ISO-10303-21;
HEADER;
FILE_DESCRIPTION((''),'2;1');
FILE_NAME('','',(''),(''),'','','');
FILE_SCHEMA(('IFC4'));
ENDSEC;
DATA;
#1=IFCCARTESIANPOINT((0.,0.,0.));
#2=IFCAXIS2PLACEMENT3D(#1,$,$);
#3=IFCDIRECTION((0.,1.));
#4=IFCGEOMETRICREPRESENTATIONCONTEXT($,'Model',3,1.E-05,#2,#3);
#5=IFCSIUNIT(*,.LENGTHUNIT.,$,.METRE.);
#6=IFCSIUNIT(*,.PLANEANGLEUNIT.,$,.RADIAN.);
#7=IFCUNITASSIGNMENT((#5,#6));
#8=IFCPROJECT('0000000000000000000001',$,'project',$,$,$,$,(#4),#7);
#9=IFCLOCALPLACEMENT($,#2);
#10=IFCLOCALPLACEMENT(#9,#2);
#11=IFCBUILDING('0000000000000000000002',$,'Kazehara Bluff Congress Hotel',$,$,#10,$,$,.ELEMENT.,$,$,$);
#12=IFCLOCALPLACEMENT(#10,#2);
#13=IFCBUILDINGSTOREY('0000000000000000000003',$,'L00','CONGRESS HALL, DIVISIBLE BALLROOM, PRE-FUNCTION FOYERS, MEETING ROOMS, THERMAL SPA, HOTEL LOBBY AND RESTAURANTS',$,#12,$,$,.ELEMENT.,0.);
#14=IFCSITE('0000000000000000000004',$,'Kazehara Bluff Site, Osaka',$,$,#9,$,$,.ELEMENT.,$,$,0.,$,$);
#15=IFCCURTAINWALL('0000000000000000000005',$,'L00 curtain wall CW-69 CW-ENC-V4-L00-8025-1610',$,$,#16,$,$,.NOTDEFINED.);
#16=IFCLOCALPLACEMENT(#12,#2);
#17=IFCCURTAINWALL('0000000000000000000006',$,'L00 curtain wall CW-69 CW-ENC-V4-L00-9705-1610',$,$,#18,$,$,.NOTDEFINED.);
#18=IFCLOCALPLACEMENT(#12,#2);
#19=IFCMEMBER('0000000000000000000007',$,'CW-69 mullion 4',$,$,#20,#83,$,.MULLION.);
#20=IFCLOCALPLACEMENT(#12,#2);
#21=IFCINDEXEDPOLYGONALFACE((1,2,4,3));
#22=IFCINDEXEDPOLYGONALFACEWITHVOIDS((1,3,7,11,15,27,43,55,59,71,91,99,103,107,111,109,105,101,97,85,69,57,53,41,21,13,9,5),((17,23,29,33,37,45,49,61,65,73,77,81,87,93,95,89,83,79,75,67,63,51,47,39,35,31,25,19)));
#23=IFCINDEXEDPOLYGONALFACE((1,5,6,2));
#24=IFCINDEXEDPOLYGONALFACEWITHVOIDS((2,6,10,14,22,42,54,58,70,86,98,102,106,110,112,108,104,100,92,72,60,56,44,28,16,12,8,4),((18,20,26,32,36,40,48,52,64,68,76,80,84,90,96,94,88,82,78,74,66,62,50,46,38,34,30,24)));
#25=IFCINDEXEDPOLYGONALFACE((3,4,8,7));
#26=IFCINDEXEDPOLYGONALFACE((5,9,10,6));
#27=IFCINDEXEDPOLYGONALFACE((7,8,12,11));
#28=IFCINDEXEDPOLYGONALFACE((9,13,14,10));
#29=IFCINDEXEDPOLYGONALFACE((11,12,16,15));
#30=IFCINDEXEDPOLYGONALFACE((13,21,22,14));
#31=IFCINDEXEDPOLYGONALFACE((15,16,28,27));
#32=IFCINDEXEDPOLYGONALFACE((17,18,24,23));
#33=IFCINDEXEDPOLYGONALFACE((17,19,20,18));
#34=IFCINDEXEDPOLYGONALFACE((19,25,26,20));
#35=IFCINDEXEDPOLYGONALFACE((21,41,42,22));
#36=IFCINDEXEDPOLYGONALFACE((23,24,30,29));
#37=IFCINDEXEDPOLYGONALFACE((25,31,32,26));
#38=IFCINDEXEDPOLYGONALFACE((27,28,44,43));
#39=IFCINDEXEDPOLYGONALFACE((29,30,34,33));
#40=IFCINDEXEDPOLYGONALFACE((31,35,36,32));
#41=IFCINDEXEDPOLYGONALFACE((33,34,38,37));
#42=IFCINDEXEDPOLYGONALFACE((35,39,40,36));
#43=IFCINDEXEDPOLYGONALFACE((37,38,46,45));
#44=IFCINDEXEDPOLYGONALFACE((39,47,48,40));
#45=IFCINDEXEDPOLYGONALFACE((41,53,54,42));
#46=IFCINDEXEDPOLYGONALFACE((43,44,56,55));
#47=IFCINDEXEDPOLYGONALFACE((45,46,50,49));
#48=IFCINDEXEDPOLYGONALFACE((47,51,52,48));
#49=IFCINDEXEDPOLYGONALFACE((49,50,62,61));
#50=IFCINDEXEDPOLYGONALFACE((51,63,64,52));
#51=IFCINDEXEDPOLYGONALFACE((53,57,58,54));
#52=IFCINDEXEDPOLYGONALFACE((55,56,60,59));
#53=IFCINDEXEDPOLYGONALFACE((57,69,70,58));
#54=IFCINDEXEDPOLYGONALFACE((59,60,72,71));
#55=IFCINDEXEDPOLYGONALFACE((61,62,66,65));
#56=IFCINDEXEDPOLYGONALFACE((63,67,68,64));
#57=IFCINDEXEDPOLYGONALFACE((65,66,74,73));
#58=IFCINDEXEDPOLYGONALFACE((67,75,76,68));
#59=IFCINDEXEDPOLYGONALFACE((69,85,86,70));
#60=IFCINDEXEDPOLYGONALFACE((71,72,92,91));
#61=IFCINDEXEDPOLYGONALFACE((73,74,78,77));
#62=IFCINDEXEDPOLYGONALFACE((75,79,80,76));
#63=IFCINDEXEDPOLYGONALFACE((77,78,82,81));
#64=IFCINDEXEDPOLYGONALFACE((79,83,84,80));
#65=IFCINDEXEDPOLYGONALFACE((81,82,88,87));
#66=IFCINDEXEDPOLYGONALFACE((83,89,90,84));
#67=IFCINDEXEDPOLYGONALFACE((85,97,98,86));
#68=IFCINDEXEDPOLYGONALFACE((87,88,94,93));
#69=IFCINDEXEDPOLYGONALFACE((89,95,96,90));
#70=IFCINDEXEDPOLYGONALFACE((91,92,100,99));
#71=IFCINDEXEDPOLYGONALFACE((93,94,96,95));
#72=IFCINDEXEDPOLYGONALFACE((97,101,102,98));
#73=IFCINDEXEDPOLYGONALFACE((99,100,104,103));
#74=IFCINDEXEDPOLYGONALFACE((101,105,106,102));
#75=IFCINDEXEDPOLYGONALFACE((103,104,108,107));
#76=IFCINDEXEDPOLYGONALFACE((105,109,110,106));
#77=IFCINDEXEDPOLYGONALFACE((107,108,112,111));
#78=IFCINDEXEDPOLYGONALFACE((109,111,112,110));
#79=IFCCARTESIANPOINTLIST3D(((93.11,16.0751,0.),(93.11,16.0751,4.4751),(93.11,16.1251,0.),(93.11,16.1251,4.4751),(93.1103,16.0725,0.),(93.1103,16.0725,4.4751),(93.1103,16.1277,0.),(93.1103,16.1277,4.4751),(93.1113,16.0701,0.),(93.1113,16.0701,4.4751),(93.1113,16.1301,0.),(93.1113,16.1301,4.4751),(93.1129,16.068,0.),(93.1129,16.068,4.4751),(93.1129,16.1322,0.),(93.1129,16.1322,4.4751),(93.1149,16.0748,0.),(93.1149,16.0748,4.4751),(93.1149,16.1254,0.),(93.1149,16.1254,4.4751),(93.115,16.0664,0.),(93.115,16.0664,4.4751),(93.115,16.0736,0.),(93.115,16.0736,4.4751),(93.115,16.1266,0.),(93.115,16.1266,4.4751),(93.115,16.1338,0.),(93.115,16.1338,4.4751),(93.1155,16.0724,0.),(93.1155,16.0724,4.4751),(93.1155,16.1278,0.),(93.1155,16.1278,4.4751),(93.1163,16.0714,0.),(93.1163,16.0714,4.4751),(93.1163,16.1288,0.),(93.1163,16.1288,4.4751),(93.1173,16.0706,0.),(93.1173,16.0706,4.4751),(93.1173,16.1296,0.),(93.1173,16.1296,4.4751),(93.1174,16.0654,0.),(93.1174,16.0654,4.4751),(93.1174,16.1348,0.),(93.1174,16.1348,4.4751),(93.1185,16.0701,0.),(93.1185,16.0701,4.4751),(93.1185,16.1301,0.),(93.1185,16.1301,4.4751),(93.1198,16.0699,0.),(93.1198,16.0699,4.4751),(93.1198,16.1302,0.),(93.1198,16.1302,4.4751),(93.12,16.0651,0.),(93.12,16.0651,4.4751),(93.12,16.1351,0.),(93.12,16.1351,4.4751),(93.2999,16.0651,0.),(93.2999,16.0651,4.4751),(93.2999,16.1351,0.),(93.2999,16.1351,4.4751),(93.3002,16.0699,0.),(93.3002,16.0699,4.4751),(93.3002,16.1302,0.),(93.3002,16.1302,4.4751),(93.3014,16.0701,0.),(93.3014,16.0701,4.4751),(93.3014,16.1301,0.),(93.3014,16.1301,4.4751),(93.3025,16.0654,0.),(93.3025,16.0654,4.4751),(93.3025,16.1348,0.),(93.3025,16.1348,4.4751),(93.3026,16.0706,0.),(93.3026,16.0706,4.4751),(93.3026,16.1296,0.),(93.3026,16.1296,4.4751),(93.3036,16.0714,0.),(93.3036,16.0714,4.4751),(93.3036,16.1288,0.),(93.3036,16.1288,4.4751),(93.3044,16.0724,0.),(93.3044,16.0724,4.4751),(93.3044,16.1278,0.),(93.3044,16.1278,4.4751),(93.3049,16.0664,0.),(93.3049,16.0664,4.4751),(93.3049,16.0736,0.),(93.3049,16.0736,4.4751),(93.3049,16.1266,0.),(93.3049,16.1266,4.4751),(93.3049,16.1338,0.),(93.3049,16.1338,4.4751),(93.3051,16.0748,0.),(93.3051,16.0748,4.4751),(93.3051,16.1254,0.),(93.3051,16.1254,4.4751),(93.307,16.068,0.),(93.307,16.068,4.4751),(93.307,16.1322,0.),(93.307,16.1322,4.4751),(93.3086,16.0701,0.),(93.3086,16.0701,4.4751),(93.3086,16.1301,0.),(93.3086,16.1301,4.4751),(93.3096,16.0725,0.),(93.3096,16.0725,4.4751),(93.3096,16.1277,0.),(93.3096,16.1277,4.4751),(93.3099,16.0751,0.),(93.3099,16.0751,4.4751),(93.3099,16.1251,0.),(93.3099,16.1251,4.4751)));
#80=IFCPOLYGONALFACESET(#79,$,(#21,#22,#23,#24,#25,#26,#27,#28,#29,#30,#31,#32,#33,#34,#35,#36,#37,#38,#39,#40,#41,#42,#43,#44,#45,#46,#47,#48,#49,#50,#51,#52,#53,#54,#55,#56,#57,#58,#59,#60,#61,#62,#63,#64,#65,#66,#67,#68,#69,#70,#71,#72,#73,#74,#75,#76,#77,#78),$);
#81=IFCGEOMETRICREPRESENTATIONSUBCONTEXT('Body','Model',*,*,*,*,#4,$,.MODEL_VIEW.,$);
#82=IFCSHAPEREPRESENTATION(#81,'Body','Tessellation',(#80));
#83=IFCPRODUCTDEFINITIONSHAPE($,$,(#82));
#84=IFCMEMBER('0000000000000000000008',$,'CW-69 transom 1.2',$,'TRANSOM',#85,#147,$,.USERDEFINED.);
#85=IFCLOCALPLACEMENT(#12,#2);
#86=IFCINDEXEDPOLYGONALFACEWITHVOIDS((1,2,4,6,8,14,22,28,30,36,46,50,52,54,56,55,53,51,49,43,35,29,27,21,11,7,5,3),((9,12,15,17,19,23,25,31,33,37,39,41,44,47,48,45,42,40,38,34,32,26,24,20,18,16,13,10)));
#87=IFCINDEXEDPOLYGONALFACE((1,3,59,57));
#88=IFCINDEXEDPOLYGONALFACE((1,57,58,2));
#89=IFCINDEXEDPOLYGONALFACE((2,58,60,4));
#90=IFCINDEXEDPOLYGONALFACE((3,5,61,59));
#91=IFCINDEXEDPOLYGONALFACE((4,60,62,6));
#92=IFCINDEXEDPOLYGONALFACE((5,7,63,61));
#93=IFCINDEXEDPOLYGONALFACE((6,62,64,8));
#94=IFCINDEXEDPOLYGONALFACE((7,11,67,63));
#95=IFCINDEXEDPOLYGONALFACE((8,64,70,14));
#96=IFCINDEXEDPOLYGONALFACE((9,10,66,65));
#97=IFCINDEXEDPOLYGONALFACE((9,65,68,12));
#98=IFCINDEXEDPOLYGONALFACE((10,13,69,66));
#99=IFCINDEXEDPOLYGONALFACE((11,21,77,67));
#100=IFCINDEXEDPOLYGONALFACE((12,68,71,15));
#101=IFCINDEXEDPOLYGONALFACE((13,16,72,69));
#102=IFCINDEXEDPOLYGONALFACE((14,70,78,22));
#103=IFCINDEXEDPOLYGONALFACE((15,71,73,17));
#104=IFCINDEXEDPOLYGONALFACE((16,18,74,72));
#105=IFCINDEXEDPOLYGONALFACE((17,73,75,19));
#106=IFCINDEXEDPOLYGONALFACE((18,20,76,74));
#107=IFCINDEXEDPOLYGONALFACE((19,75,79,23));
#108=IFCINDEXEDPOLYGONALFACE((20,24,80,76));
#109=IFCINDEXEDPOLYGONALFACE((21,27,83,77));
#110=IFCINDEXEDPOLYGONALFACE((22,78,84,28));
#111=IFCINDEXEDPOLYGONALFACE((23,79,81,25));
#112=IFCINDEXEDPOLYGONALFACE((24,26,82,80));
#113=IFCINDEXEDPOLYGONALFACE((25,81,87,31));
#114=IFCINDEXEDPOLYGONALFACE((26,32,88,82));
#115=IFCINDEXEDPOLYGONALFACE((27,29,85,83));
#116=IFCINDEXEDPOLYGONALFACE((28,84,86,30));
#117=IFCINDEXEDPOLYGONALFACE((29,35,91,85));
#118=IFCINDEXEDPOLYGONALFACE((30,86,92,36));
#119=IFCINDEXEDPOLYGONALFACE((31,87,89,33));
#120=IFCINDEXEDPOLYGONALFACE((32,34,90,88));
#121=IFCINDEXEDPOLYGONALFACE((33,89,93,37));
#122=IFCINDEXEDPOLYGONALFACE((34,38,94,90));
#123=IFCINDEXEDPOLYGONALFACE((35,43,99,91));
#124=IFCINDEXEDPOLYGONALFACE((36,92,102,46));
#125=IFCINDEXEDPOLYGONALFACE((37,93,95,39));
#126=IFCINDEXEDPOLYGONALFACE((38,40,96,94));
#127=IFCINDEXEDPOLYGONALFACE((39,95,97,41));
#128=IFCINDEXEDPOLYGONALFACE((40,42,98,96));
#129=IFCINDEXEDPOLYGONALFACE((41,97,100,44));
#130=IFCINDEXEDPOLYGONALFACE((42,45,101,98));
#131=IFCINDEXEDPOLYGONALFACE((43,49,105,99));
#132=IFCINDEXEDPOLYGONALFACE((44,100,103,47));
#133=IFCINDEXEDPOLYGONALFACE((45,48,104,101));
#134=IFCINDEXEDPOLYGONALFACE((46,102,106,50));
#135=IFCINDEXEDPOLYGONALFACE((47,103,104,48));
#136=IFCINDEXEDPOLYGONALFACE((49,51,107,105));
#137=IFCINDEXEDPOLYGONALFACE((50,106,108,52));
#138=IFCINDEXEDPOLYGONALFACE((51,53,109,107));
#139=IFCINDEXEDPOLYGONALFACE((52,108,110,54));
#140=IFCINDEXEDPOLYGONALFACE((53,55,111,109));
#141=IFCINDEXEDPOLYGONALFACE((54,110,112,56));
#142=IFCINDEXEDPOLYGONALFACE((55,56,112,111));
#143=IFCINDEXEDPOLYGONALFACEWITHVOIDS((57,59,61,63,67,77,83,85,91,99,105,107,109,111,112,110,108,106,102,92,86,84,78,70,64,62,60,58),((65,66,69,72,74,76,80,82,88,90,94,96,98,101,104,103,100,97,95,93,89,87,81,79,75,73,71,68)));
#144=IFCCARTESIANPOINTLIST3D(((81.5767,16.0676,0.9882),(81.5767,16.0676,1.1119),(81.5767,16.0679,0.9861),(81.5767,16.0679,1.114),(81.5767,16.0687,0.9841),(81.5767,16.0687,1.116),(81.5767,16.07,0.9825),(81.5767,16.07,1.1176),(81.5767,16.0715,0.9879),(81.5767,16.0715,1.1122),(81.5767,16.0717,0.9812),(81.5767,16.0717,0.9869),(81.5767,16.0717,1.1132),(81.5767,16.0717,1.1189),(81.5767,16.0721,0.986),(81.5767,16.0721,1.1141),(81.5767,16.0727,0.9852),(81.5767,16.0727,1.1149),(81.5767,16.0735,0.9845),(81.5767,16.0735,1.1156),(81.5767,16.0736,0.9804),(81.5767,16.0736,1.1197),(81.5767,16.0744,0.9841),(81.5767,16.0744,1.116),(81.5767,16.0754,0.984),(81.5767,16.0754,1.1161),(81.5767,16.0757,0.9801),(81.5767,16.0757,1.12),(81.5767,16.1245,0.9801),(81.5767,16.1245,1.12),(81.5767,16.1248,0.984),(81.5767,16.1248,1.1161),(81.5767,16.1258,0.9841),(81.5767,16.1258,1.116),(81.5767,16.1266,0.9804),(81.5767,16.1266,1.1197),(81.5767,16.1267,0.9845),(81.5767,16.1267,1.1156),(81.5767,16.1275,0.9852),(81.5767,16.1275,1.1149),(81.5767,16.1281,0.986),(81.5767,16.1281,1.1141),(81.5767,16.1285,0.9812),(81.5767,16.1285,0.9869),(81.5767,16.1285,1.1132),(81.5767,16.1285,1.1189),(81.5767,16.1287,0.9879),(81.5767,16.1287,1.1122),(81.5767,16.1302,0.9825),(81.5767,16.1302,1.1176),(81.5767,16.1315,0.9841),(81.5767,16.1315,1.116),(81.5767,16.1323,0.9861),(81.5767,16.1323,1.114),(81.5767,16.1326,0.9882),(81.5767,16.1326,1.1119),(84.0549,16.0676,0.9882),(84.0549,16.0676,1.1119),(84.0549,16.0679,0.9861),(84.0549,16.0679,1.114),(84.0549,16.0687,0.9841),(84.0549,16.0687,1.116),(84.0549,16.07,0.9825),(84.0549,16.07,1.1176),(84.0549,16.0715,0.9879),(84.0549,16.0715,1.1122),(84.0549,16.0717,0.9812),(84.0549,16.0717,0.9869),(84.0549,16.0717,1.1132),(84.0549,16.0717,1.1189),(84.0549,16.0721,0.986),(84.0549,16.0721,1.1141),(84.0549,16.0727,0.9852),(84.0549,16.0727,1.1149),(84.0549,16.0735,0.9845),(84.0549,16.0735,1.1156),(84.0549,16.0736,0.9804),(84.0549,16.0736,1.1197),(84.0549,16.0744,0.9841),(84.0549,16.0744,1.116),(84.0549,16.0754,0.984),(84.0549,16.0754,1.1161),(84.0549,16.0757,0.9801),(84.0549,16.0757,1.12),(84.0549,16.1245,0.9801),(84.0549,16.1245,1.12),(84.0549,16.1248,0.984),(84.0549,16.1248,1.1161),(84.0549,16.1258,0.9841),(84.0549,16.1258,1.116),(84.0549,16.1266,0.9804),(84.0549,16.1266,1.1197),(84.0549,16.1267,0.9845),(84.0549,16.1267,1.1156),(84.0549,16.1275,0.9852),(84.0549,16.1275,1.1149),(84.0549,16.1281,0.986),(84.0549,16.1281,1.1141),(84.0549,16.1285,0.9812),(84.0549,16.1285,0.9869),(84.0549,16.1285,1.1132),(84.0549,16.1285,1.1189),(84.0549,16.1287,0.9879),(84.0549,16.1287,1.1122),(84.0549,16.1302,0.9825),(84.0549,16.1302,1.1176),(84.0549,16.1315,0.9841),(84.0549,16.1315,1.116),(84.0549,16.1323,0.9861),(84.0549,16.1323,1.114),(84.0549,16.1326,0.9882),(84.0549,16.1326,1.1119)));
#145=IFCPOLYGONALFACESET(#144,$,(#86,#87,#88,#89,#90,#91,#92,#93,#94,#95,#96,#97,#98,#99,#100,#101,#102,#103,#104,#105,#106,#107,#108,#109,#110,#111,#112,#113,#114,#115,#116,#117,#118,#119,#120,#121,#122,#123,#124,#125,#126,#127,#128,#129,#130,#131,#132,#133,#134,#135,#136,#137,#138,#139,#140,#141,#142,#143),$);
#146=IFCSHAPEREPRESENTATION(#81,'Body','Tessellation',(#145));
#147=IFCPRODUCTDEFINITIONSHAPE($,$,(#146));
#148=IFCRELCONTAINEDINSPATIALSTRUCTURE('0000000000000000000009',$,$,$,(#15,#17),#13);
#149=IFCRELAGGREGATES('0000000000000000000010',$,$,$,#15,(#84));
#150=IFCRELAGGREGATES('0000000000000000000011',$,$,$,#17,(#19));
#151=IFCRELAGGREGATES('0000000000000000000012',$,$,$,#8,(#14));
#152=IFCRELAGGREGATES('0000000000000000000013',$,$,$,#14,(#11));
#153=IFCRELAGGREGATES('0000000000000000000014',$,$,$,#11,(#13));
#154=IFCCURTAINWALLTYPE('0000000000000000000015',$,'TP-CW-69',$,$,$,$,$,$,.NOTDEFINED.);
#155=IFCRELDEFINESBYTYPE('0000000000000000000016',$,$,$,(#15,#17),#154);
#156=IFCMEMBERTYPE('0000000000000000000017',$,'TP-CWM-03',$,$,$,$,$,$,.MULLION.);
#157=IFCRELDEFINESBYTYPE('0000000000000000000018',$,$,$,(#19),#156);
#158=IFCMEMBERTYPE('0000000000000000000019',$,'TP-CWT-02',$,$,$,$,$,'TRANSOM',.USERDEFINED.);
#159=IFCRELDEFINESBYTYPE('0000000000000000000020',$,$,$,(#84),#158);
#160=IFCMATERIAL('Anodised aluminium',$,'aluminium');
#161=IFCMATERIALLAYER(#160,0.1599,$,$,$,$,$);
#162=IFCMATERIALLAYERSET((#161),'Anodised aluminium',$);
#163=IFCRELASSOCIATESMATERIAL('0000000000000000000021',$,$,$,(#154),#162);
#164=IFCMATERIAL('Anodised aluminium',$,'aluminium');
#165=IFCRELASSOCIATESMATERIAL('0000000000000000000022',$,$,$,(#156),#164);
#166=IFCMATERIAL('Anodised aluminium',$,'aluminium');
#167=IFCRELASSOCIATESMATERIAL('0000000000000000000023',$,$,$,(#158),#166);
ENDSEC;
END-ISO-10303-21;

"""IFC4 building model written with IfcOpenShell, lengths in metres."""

from ifc_helpers import new_model, si_unit, direction, frame, origin, origin_2d, place, context, subcontext, project, spatial, hollow_rectangle, extrude, material, layer, layer_set, material_profile, profile_set, type_object, element, aggregate, save


model = new_model("IFC4")

# Units and contexts
model_context = context("Model", 3, precision=1e-05, world=origin(), true_north=direction((0.0, 1.0)))
body_context = subcontext(model_context, "Body", "Model", "MODEL_VIEW")
ifc_project = project(units=[si_unit("LENGTHUNIT", "METRE"), si_unit("PLANEANGLEUNIT", "RADIAN")], contexts=[model_context])

# Site, building, storey
site_placement = place(None, origin())
site = spatial("IfcSite", under=ifc_project, at=site_placement, Name="Kazehara Bluff Site, Osaka", CompositionType="ELEMENT", RefElevation=0.0)
building_placement = place(site_placement, origin())
building = spatial("IfcBuilding", under=site, at=building_placement, Name="Kazehara Bluff Congress Hotel", CompositionType="ELEMENT")
storey_placement = place(building_placement, origin())
storey = spatial("IfcBuildingStorey", under=building, at=storey_placement, Name="L00", Description="CONGRESS HALL, DIVISIBLE BALLROOM, PRE-FUNCTION FOYERS, MEETING ROOMS, THERMAL SPA, HOTEL LOBBY AND RESTAURANTS", CompositionType="ELEMENT", Elevation=0.0)

# Curtain wall
ifc_material_1 = material(Name="Anodised aluminium", Category="aluminium")
ifc_layer_1 = layer(ifc_material_1, 0.1599)
ifc_layer_set_1 = layer_set([ifc_layer_1], Name="Anodised aluminium")
curtain_wall_type = type_object("IfcCurtainWallType", Name="TP-CW-69", PredefinedType="NOTDEFINED", material=ifc_layer_set_1)
curtain_wall_1_placement = place(storey_placement, origin())
curtain_wall_1 = element("IfcCurtainWall", 1, at=curtain_wall_1_placement, inside=storey, type_object=curtain_wall_type, Name="L00 curtain wall CW-69 CW-ENC-V4-L00-8025-1610", PredefinedType="NOTDEFINED")
ifc_material_2 = material(Name="Anodised aluminium", Category="aluminium")
ifc_material_profile_1 = material_profile(ifc_material_2, hollow_rectangle(XDim=0.0701, YDim=0.2, WallThickness=0.0049, InnerFilletRadius=0.0049, OuterFilletRadius=0.01, at=origin_2d()))
ifc_profile_set_1 = profile_set([ifc_material_profile_1], Name="Anodised aluminium")
member_type_1 = type_object("IfcMemberType", Name="TP-CWM-03", PredefinedType="MULLION", material=ifc_profile_set_1)

# Curtain wall, member
curtain_wall_2_placement = place(storey_placement, origin())
curtain_wall_2 = element("IfcCurtainWall", 2, at=curtain_wall_2_placement, inside=storey, type_object=curtain_wall_type, Name="L00 curtain wall CW-69 CW-ENC-V4-L00-9705-1610", PredefinedType="NOTDEFINED")
member_1_placement = place(storey_placement, frame((93.21, 16.1001, 0.0), z_axis=(0.0, 0.0, 1.0), x_axis=(0.0, -1.0, 0.0)))
member_1 = element("IfcMember", 3, at=member_1_placement, type_object=member_type_1, Name="CW-69 mullion 4", PredefinedType="MULLION", context=body_context, shape_type="SweptSolid", body=[
    extrude(hollow_rectangle(XDim=0.0701, YDim=0.2, WallThickness=0.0049, InnerFilletRadius=0.0049, OuterFilletRadius=0.01, at=origin_2d()), origin(), (0.0, 0.0, 1.0), 4.4751),
])

# Member
ifc_material_3 = material(Name="Anodised aluminium", Category="aluminium")
ifc_material_profile_2 = material_profile(ifc_material_3, hollow_rectangle(XDim=0.0649, YDim=0.1399, WallThickness=0.0039, InnerFilletRadius=0.0039, OuterFilletRadius=0.0081, at=origin_2d()))
ifc_profile_set_2 = profile_set([ifc_material_profile_2], Name="Anodised aluminium")
member_type_2 = type_object("IfcMemberType", Name="TP-CWT-02", ElementType="TRANSOM", PredefinedType="USERDEFINED", material=ifc_profile_set_2)
member_2_placement = place(storey_placement, frame((84.0549, 16.1001, 1.05), z_axis=(-1.0, 0.0, 0.0), x_axis=(0.0, -1.0, 0.0)))
member_2 = element("IfcMember", 4, at=member_2_placement, type_object=member_type_2, Name="CW-69 transom 1.2", ObjectType="TRANSOM", PredefinedType="USERDEFINED", context=body_context, shape_type="SweptSolid", body=[
    extrude(hollow_rectangle(XDim=0.0649, YDim=0.1399, WallThickness=0.0039, InnerFilletRadius=0.0039, OuterFilletRadius=0.0081, at=origin_2d()), origin(), (0.0, 0.0, 1.0), 2.4783),
])
aggregate(curtain_wall_1, [member_2])

aggregate(curtain_wall_2, [member_1])

save(model, "model.ifc")
